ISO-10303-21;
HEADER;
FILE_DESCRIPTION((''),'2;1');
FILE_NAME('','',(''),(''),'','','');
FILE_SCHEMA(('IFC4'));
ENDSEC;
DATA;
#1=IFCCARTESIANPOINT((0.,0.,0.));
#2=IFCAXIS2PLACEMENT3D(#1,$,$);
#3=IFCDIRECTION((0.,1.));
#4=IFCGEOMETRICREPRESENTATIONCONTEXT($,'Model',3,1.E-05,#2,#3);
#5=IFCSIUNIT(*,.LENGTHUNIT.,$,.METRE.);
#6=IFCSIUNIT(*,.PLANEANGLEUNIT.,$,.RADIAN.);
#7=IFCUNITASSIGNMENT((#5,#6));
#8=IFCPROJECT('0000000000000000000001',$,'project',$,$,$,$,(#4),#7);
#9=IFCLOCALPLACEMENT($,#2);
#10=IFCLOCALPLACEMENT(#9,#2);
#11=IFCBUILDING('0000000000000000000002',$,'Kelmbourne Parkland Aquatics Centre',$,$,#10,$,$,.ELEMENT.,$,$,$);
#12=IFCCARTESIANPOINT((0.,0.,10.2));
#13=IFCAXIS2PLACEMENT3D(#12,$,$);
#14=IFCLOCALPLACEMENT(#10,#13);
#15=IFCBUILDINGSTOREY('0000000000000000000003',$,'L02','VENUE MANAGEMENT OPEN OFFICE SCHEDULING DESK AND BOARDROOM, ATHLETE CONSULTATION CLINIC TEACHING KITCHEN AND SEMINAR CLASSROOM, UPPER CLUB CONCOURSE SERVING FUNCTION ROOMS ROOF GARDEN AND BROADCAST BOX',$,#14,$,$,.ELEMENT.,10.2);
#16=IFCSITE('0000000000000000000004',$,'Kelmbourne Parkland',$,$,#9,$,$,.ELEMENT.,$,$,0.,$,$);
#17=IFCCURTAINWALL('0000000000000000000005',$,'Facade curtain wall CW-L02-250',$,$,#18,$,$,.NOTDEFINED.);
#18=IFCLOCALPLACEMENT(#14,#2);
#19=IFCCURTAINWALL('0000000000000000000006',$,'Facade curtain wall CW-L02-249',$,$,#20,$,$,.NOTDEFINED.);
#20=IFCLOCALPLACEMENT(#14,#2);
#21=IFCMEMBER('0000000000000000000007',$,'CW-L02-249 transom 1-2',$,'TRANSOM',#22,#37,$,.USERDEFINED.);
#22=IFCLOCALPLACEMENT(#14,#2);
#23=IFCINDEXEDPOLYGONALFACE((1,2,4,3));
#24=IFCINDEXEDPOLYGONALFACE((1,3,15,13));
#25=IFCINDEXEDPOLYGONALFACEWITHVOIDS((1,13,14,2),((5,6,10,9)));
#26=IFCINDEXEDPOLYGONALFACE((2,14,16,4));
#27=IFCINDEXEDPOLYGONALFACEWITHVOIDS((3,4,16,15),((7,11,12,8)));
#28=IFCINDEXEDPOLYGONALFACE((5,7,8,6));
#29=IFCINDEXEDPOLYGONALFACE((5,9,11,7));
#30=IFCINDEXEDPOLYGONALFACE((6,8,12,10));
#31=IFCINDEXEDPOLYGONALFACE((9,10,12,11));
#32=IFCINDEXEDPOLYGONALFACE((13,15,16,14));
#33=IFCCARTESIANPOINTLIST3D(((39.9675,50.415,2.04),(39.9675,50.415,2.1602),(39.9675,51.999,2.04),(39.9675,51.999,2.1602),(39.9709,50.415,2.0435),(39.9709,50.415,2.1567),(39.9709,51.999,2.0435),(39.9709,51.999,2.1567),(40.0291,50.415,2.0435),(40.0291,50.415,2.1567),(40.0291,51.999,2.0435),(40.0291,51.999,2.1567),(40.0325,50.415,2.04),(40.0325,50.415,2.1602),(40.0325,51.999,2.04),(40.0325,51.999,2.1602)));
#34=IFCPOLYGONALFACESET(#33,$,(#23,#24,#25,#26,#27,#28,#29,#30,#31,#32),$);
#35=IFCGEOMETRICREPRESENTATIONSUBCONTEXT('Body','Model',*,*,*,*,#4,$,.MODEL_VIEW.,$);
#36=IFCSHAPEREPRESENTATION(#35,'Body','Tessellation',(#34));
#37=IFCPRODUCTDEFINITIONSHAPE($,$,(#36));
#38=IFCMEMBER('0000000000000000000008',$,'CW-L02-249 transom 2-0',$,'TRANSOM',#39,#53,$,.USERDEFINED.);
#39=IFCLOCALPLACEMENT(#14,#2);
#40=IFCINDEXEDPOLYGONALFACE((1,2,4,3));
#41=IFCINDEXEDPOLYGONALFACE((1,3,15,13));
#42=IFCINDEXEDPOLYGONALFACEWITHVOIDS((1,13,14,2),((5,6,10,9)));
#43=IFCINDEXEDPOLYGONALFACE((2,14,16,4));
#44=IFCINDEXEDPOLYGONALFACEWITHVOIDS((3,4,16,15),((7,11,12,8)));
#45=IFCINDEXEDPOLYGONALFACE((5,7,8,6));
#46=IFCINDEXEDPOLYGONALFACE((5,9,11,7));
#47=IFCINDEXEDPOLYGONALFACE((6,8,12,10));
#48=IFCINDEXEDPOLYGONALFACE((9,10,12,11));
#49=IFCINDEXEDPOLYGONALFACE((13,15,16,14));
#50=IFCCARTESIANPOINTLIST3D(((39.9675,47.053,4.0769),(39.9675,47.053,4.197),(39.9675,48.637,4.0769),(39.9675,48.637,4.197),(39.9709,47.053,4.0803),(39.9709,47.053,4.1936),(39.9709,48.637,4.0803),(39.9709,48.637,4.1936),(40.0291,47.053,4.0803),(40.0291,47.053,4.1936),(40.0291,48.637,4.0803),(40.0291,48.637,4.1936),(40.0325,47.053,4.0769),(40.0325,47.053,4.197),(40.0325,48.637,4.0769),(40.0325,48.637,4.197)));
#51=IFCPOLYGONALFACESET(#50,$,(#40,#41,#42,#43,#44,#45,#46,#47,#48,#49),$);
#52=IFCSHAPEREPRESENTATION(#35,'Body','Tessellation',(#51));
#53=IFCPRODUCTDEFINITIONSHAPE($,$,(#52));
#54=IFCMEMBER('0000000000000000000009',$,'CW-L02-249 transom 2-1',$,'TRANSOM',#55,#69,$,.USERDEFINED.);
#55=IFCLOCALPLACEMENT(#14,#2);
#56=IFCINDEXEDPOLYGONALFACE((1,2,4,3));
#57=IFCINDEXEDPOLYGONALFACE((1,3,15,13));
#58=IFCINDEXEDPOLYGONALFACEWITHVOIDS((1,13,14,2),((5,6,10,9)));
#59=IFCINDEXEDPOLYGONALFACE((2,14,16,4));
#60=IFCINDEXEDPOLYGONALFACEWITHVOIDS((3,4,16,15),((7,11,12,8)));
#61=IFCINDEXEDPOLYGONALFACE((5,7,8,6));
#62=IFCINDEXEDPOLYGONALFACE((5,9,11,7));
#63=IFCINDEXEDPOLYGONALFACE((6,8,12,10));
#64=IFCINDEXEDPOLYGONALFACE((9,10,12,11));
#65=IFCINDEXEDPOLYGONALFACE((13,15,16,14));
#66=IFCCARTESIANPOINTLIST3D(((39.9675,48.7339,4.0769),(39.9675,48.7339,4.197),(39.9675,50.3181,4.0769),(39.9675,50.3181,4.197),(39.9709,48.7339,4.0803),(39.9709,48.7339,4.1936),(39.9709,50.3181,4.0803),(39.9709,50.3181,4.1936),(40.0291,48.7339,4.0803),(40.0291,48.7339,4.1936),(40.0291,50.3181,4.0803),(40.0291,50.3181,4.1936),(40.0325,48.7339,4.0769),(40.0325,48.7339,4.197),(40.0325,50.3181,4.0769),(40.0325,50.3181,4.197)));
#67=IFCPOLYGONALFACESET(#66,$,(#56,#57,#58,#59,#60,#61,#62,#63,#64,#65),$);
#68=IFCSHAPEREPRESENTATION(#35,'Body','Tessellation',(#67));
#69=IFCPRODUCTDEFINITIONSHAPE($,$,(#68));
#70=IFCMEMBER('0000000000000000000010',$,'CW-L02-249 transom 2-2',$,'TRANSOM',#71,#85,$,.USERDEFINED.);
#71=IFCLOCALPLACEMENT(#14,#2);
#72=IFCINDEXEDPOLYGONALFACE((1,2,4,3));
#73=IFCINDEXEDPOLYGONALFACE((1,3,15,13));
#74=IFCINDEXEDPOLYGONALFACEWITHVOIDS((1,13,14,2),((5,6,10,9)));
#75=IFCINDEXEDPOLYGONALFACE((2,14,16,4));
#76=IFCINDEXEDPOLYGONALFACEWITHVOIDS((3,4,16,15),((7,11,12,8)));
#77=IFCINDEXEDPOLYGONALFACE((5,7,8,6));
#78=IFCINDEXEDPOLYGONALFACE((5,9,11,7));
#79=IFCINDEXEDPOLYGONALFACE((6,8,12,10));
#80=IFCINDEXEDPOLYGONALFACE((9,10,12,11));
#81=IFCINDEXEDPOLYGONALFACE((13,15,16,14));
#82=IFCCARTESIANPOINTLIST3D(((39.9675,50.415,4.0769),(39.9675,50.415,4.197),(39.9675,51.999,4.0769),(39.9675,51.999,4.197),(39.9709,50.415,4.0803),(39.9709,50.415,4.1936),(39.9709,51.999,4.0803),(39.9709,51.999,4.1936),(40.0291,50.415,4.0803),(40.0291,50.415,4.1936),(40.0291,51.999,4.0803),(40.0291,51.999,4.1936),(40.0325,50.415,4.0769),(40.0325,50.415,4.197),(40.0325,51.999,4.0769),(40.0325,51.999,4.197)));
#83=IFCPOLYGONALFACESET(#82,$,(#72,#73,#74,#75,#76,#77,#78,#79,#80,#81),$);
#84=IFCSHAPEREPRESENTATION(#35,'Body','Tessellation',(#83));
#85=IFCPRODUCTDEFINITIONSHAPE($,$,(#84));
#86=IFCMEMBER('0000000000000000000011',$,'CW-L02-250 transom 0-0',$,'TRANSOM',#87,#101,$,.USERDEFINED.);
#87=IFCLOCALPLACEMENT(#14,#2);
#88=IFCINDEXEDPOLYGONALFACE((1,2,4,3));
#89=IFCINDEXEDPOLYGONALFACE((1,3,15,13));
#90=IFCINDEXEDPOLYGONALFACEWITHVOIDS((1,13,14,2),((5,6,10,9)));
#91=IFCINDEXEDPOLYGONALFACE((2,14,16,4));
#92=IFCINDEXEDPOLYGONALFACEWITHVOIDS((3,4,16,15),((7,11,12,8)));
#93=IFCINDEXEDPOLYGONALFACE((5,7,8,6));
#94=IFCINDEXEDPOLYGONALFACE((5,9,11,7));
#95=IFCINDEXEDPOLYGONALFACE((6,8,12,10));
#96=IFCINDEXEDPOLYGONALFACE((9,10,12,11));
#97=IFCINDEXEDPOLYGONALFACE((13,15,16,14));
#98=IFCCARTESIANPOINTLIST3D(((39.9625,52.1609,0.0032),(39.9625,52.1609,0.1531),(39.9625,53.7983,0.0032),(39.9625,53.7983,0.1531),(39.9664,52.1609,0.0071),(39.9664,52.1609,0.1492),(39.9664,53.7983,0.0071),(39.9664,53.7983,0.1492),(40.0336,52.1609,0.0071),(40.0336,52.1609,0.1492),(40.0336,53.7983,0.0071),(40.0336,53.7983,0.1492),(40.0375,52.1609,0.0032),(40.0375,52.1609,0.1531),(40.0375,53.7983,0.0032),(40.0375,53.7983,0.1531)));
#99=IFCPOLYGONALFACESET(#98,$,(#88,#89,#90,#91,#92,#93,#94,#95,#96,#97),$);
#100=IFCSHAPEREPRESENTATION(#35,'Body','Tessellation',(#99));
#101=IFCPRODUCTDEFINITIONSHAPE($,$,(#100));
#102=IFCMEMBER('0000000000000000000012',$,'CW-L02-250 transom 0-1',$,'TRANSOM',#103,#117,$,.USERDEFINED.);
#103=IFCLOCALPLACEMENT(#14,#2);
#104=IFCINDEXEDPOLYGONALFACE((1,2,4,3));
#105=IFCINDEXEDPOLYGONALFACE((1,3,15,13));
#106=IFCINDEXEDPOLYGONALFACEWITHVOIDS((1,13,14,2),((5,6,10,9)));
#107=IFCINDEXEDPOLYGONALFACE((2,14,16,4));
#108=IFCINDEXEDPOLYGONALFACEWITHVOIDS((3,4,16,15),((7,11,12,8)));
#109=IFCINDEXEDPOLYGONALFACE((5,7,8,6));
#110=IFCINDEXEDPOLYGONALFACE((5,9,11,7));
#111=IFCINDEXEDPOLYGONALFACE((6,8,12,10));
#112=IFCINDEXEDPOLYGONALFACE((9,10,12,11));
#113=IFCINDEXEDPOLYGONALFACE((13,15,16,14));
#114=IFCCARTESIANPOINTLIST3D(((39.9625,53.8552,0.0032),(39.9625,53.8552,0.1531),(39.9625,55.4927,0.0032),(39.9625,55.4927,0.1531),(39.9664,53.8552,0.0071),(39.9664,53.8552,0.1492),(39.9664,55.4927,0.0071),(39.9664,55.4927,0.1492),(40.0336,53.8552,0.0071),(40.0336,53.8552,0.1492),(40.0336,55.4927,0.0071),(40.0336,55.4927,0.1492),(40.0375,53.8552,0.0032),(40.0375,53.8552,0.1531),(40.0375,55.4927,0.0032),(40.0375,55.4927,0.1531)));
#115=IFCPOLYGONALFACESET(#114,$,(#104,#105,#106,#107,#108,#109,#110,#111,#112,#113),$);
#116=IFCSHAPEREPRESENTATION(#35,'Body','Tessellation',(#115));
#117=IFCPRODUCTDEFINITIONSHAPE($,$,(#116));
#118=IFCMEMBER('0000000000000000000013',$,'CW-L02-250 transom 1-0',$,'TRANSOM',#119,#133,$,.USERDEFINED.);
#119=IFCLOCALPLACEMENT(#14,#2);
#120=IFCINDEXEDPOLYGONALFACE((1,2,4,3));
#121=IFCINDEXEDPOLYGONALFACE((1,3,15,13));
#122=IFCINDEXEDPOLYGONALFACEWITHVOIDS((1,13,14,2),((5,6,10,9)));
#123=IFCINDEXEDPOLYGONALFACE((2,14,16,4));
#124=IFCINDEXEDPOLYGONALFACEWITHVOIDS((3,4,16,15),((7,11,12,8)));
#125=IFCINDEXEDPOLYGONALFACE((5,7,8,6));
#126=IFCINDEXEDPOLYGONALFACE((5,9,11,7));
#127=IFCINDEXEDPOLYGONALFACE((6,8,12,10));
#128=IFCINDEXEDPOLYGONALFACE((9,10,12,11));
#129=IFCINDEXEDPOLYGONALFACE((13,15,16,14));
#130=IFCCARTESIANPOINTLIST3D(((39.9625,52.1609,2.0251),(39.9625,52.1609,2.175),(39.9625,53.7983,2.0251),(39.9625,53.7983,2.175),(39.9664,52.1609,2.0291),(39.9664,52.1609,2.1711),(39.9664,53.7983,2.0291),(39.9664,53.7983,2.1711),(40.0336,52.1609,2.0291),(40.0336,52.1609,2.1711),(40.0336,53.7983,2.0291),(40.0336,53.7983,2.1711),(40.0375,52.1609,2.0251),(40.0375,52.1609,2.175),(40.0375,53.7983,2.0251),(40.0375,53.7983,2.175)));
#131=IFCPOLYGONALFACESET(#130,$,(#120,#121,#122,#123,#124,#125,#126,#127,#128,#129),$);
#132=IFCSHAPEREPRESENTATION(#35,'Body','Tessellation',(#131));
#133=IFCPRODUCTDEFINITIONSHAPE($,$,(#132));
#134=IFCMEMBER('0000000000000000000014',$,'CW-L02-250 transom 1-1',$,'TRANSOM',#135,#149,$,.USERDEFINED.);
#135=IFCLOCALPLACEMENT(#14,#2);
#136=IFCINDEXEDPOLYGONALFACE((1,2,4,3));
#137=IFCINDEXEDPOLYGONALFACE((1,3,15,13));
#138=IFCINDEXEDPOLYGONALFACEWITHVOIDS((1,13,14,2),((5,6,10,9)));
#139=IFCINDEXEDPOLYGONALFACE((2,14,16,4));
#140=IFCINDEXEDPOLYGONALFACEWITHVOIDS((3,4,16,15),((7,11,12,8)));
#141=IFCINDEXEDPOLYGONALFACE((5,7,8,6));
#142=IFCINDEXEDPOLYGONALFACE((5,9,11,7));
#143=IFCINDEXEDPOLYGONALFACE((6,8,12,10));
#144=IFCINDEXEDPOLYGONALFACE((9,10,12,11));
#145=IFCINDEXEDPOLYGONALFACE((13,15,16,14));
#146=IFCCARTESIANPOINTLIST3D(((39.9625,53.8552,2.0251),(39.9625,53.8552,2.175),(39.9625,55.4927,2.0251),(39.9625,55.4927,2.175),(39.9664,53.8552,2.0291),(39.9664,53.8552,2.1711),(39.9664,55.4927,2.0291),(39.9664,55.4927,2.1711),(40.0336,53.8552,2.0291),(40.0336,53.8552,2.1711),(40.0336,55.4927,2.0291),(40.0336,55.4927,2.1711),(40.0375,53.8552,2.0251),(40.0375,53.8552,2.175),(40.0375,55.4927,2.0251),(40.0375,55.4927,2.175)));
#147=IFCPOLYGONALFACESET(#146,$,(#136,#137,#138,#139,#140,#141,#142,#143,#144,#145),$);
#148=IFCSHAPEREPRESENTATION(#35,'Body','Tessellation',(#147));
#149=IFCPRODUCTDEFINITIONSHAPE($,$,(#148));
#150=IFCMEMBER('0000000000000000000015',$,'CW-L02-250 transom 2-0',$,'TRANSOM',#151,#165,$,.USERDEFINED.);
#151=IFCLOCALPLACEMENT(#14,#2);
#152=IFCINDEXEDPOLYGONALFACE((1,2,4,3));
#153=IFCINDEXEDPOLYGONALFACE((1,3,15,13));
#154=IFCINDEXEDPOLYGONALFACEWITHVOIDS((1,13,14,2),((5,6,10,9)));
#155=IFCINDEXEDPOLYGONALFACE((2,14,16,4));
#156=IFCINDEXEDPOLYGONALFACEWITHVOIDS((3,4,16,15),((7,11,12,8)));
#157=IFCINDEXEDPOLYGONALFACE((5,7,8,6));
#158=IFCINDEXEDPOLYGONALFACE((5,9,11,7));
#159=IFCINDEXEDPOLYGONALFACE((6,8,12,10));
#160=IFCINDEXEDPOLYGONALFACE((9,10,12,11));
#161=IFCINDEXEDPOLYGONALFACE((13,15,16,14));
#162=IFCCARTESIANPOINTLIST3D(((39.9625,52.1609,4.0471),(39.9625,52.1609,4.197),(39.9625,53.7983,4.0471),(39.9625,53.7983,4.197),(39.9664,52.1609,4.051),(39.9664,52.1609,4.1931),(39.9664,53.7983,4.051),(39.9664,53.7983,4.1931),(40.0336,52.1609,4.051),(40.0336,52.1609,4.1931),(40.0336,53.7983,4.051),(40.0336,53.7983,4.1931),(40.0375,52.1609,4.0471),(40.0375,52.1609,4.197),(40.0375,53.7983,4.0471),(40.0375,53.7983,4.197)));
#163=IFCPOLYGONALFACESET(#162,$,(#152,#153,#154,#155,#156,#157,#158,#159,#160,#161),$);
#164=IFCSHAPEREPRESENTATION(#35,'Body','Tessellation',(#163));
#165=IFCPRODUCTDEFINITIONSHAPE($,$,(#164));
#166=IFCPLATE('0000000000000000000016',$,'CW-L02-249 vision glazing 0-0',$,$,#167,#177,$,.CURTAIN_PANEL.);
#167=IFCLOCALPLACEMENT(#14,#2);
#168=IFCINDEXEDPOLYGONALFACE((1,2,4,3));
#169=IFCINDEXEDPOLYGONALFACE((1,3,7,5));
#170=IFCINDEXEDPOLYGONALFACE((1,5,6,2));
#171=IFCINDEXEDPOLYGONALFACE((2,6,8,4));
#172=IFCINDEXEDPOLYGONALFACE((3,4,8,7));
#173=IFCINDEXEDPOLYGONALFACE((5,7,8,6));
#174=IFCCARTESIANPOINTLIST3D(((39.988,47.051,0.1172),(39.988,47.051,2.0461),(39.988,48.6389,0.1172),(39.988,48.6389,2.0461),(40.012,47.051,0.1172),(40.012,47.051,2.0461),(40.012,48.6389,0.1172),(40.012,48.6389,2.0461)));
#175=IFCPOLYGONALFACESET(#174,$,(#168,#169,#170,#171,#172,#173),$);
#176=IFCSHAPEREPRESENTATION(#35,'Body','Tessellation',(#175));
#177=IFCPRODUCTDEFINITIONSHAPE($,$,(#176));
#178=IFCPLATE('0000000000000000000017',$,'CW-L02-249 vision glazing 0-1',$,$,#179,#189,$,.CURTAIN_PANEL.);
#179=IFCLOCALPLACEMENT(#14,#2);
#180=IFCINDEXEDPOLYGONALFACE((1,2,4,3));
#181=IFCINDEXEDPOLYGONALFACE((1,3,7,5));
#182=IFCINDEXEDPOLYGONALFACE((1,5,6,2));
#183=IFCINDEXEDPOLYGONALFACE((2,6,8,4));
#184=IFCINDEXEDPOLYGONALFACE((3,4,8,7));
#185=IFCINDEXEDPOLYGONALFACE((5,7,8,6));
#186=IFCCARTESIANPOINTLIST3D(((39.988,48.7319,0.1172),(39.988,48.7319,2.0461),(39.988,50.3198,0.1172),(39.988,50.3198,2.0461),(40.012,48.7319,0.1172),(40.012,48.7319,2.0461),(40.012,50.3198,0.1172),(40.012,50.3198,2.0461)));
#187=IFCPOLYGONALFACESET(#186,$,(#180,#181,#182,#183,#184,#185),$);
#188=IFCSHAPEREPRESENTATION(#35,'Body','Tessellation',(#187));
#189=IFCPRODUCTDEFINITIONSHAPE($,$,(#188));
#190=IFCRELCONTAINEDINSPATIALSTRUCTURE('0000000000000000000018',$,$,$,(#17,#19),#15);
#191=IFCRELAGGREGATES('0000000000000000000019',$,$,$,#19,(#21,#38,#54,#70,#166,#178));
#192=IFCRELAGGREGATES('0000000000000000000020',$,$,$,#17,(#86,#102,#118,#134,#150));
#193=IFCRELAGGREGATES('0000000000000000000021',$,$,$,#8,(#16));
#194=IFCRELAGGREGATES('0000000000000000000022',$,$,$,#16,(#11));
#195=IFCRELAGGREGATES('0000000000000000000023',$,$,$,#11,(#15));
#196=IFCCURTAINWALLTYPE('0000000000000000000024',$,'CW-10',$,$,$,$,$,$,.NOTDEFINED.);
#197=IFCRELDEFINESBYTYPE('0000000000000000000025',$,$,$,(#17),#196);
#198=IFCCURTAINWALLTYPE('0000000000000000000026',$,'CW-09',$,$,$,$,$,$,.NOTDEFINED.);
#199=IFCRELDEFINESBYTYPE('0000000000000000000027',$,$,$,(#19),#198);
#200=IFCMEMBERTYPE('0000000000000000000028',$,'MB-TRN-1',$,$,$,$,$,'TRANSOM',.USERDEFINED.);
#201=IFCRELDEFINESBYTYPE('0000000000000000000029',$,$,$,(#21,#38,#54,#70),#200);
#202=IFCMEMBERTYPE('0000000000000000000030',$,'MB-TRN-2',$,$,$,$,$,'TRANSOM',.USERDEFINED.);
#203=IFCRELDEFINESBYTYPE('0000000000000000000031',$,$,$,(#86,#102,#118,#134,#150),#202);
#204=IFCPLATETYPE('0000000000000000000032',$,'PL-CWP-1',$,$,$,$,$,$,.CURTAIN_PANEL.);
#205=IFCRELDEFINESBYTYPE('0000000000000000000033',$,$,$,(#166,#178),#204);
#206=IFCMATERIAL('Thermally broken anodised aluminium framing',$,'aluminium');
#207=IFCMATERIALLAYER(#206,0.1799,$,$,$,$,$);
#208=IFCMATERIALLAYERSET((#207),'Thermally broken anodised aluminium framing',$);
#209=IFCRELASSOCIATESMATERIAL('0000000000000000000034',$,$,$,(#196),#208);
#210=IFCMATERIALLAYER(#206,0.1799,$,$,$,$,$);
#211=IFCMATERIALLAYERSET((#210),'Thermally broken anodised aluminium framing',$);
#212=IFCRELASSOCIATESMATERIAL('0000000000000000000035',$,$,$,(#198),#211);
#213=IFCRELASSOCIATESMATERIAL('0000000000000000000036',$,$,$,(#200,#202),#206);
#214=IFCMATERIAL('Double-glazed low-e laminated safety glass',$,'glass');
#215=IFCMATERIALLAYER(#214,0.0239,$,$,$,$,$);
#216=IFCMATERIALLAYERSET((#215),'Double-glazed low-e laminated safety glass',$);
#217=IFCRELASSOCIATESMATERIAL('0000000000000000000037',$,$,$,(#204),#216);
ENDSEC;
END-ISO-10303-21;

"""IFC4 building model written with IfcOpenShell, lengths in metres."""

from ifc_helpers import new_model, si_unit, direction, frame, origin, origin_2d, place, context, subcontext, project, spatial, rectangle, hollow_rectangle, extrude, material, layer, layer_set, material_profile, profile_set, type_object, element, aggregate, save


model = new_model("IFC4")

# Units and contexts
model_context = context("Model", 3, precision=1e-05, world=origin(), true_north=direction((0.0, 1.0)))
body_context = subcontext(model_context, "Body", "Model", "MODEL_VIEW")
ifc_project = project(units=[si_unit("LENGTHUNIT", "METRE"), si_unit("PLANEANGLEUNIT", "RADIAN")], contexts=[model_context])

# Site, building, storey
site_placement = place(None, origin())
site = spatial("IfcSite", under=ifc_project, at=site_placement, Name="Kelmbourne Parkland", CompositionType="ELEMENT", RefElevation=0.0)
building_placement = place(site_placement, origin())
building = spatial("IfcBuilding", under=site, at=building_placement, Name="Kelmbourne Parkland Aquatics Centre", CompositionType="ELEMENT")
storey_placement = place(building_placement, frame((0.0, 0.0, 10.2)))
storey = spatial("IfcBuildingStorey", under=building, at=storey_placement, Name="L02", Description="VENUE MANAGEMENT OPEN OFFICE SCHEDULING DESK AND BOARDROOM, ATHLETE CONSULTATION CLINIC TEACHING KITCHEN AND SEMINAR CLASSROOM, UPPER CLUB CONCOURSE SERVING FUNCTION ROOMS ROOF GARDEN AND BROADCAST BOX", CompositionType="ELEMENT", Elevation=10.2)

# Curtain walls, members
ifc_material_1 = material(Name="Thermally broken anodised aluminium framing", Category="aluminium")
ifc_layer_1 = layer(ifc_material_1, 0.1799)
ifc_layer_set_1 = layer_set([ifc_layer_1], Name="Thermally broken anodised aluminium framing")
curtain_wall_type_1 = type_object("IfcCurtainWallType", Name="CW-10", PredefinedType="NOTDEFINED", material=ifc_layer_set_1)
curtain_wall_1_placement = place(storey_placement, origin())
curtain_wall_1 = element("IfcCurtainWall", 1, at=curtain_wall_1_placement, inside=storey, type_object=curtain_wall_type_1, Name="Facade curtain wall CW-L02-250", PredefinedType="NOTDEFINED")
ifc_layer_2 = layer(ifc_material_1, 0.1799)
ifc_layer_set_2 = layer_set([ifc_layer_2], Name="Thermally broken anodised aluminium framing")
curtain_wall_type_2 = type_object("IfcCurtainWallType", Name="CW-09", PredefinedType="NOTDEFINED", material=ifc_layer_set_2)
curtain_wall_2_placement = place(storey_placement, origin())
curtain_wall_2 = element("IfcCurtainWall", 2, at=curtain_wall_2_placement, inside=storey, type_object=curtain_wall_type_2, Name="Facade curtain wall CW-L02-249", PredefinedType="NOTDEFINED")
ifc_material_profile_1 = material_profile(ifc_material_1, hollow_rectangle(XDim=0.0649, YDim=0.1201, WallThickness=0.0034, at=origin_2d()), Name="CW-T 65x120")
ifc_profile_set_1 = profile_set([ifc_material_profile_1], Name="Thermally broken anodised aluminium framing")
member_type_1 = type_object("IfcMemberType", Name="MB-TRN-1", ElementType="TRANSOM", PredefinedType="USERDEFINED", material=ifc_profile_set_1)
member_1_placement = place(storey_placement, frame((40.0, 50.415, 2.1001), z_axis=(0.0, 1.0, 0.0), x_axis=(-1.0, 0.0, 0.0)))
member_1 = element("IfcMember", 3, at=member_1_placement, type_object=member_type_1, Name="CW-L02-249 transom 1-2", ObjectType="TRANSOM", PredefinedType="USERDEFINED", context=body_context, shape_type="SweptSolid", body=[
    extrude(hollow_rectangle(XDim=0.0649, YDim=0.1201, WallThickness=0.0034, at=origin_2d()), origin(), (0.0, 0.0, 1.0), 1.584),
])
member_2_placement = place(storey_placement, frame((40.0, 47.053, 4.137), z_axis=(0.0, 1.0, 0.0), x_axis=(-1.0, 0.0, 0.0)))
member_2 = element("IfcMember", 4, at=member_2_placement, type_object=member_type_1, Name="CW-L02-249 transom 2-0", ObjectType="TRANSOM", PredefinedType="USERDEFINED", context=body_context, shape_type="SweptSolid", body=[
    extrude(hollow_rectangle(XDim=0.0649, YDim=0.1201, WallThickness=0.0034, at=origin_2d()), origin(), (0.0, 0.0, 1.0), 1.584),
])
member_3_placement = place(storey_placement, frame((40.0, 48.7339, 4.137), z_axis=(0.0, 1.0, 0.0), x_axis=(-1.0, 0.0, 0.0)))
member_3 = element("IfcMember", 5, at=member_3_placement, type_object=member_type_1, Name="CW-L02-249 transom 2-1", ObjectType="TRANSOM", PredefinedType="USERDEFINED", context=body_context, shape_type="SweptSolid", body=[
    extrude(hollow_rectangle(XDim=0.0649, YDim=0.1201, WallThickness=0.0034, at=origin_2d()), origin(), (0.0, 0.0, 1.0), 1.5842),
])
member_4_placement = place(storey_placement, frame((40.0, 50.415, 4.137), z_axis=(0.0, 1.0, 0.0), x_axis=(-1.0, 0.0, 0.0)))
member_4 = element("IfcMember", 6, at=member_4_placement, type_object=member_type_1, Name="CW-L02-249 transom 2-2", ObjectType="TRANSOM", PredefinedType="USERDEFINED", context=body_context, shape_type="SweptSolid", body=[
    extrude(hollow_rectangle(XDim=0.0649, YDim=0.1201, WallThickness=0.0034, at=origin_2d()), origin(), (0.0, 0.0, 1.0), 1.584),
])

# Members
ifc_material_profile_2 = material_profile(ifc_material_1, hollow_rectangle(XDim=0.075, YDim=0.1499, WallThickness=0.0039, at=origin_2d()), Name="CW-T 75x150")
ifc_profile_set_2 = profile_set([ifc_material_profile_2], Name="Thermally broken anodised aluminium framing")
member_type_2 = type_object("IfcMemberType", Name="MB-TRN-2", ElementType="TRANSOM", PredefinedType="USERDEFINED", material=ifc_profile_set_2)
member_5_placement = place(storey_placement, frame((40.0, 52.1609, 0.0781), z_axis=(0.0, 1.0, 0.0), x_axis=(-1.0, 0.0, 0.0)))
member_5 = element("IfcMember", 7, at=member_5_placement, type_object=member_type_2, Name="CW-L02-250 transom 0-0", ObjectType="TRANSOM", PredefinedType="USERDEFINED", context=body_context, shape_type="SweptSolid", body=[
    extrude(hollow_rectangle(XDim=0.075, YDim=0.1499, WallThickness=0.0039, at=origin_2d()), origin(), (0.0, 0.0, 1.0), 1.6375),
])
member_6_placement = place(storey_placement, frame((40.0, 53.8552, 0.0781), z_axis=(0.0, 1.0, 0.0), x_axis=(-1.0, 0.0, 0.0)))
member_6 = element("IfcMember", 8, at=member_6_placement, type_object=member_type_2, Name="CW-L02-250 transom 0-1", ObjectType="TRANSOM", PredefinedType="USERDEFINED", context=body_context, shape_type="SweptSolid", body=[
    extrude(hollow_rectangle(XDim=0.075, YDim=0.1499, WallThickness=0.0039, at=origin_2d()), origin(), (0.0, 0.0, 1.0), 1.6375),
])
member_7_placement = place(storey_placement, frame((40.0, 52.1609, 2.1001), z_axis=(0.0, 1.0, 0.0), x_axis=(-1.0, 0.0, 0.0)))
member_7 = element("IfcMember", 9, at=member_7_placement, type_object=member_type_2, Name="CW-L02-250 transom 1-0", ObjectType="TRANSOM", PredefinedType="USERDEFINED", context=body_context, shape_type="SweptSolid", body=[
    extrude(hollow_rectangle(XDim=0.075, YDim=0.1499, WallThickness=0.0039, at=origin_2d()), origin(), (0.0, 0.0, 1.0), 1.6375),
])
member_8_placement = place(storey_placement, frame((40.0, 53.8552, 2.1001), z_axis=(0.0, 1.0, 0.0), x_axis=(-1.0, 0.0, 0.0)))
member_8 = element("IfcMember", 10, at=member_8_placement, type_object=member_type_2, Name="CW-L02-250 transom 1-1", ObjectType="TRANSOM", PredefinedType="USERDEFINED", context=body_context, shape_type="SweptSolid", body=[
    extrude(hollow_rectangle(XDim=0.075, YDim=0.1499, WallThickness=0.0039, at=origin_2d()), origin(), (0.0, 0.0, 1.0), 1.6375),
])
member_9_placement = place(storey_placement, frame((40.0, 52.1609, 4.1221), z_axis=(0.0, 1.0, 0.0), x_axis=(-1.0, 0.0, 0.0)))
member_9 = element("IfcMember", 11, at=member_9_placement, type_object=member_type_2, Name="CW-L02-250 transom 2-0", ObjectType="TRANSOM", PredefinedType="USERDEFINED", context=body_context, shape_type="SweptSolid", body=[
    extrude(hollow_rectangle(XDim=0.075, YDim=0.1499, WallThickness=0.0039, at=origin_2d()), origin(), (0.0, 0.0, 1.0), 1.6375),
])

# Plates
ifc_material_2 = material(Name="Double-glazed low-e laminated safety glass", Category="glass")
ifc_layer_3 = layer(ifc_material_2, 0.0239)
ifc_layer_set_3 = layer_set([ifc_layer_3], Name="Double-glazed low-e laminated safety glass")
plate_type_1 = type_object("IfcPlateType", Name="PL-CWP-1", PredefinedType="CURTAIN_PANEL", material=ifc_layer_set_3)
plate_1_placement = place(storey_placement, frame((40.0, 47.845, 0.1172), z_axis=(0.0, 0.0, 1.0), x_axis=(0.0, 1.0, 0.0)))
plate_1 = element("IfcPlate", 12, at=plate_1_placement, type_object=plate_type_1, Name="CW-L02-249 vision glazing 0-0", PredefinedType="CURTAIN_PANEL", context=body_context, shape_type="SweptSolid", body=[
    extrude(rectangle(XDim=1.5879, YDim=0.0239, at=origin_2d()), origin(), (0.0, 0.0, 1.0), 1.929),
])
plate_2_placement = place(storey_placement, frame((40.0, 49.5259, 0.1172), z_axis=(0.0, 0.0, 1.0), x_axis=(0.0, 1.0, 0.0)))
plate_2 = element("IfcPlate", 13, at=plate_2_placement, type_object=plate_type_1, Name="CW-L02-249 vision glazing 0-1", PredefinedType="CURTAIN_PANEL", context=body_context, shape_type="SweptSolid", body=[
    extrude(rectangle(XDim=1.5879, YDim=0.0239, at=origin_2d()), origin(), (0.0, 0.0, 1.0), 1.929),
])
aggregate(curtain_wall_2, [member_1, member_2, member_3, member_4, plate_1, plate_2])
aggregate(curtain_wall_1, [member_5, member_6, member_7, member_8, member_9])

save(model, "model.ifc")
